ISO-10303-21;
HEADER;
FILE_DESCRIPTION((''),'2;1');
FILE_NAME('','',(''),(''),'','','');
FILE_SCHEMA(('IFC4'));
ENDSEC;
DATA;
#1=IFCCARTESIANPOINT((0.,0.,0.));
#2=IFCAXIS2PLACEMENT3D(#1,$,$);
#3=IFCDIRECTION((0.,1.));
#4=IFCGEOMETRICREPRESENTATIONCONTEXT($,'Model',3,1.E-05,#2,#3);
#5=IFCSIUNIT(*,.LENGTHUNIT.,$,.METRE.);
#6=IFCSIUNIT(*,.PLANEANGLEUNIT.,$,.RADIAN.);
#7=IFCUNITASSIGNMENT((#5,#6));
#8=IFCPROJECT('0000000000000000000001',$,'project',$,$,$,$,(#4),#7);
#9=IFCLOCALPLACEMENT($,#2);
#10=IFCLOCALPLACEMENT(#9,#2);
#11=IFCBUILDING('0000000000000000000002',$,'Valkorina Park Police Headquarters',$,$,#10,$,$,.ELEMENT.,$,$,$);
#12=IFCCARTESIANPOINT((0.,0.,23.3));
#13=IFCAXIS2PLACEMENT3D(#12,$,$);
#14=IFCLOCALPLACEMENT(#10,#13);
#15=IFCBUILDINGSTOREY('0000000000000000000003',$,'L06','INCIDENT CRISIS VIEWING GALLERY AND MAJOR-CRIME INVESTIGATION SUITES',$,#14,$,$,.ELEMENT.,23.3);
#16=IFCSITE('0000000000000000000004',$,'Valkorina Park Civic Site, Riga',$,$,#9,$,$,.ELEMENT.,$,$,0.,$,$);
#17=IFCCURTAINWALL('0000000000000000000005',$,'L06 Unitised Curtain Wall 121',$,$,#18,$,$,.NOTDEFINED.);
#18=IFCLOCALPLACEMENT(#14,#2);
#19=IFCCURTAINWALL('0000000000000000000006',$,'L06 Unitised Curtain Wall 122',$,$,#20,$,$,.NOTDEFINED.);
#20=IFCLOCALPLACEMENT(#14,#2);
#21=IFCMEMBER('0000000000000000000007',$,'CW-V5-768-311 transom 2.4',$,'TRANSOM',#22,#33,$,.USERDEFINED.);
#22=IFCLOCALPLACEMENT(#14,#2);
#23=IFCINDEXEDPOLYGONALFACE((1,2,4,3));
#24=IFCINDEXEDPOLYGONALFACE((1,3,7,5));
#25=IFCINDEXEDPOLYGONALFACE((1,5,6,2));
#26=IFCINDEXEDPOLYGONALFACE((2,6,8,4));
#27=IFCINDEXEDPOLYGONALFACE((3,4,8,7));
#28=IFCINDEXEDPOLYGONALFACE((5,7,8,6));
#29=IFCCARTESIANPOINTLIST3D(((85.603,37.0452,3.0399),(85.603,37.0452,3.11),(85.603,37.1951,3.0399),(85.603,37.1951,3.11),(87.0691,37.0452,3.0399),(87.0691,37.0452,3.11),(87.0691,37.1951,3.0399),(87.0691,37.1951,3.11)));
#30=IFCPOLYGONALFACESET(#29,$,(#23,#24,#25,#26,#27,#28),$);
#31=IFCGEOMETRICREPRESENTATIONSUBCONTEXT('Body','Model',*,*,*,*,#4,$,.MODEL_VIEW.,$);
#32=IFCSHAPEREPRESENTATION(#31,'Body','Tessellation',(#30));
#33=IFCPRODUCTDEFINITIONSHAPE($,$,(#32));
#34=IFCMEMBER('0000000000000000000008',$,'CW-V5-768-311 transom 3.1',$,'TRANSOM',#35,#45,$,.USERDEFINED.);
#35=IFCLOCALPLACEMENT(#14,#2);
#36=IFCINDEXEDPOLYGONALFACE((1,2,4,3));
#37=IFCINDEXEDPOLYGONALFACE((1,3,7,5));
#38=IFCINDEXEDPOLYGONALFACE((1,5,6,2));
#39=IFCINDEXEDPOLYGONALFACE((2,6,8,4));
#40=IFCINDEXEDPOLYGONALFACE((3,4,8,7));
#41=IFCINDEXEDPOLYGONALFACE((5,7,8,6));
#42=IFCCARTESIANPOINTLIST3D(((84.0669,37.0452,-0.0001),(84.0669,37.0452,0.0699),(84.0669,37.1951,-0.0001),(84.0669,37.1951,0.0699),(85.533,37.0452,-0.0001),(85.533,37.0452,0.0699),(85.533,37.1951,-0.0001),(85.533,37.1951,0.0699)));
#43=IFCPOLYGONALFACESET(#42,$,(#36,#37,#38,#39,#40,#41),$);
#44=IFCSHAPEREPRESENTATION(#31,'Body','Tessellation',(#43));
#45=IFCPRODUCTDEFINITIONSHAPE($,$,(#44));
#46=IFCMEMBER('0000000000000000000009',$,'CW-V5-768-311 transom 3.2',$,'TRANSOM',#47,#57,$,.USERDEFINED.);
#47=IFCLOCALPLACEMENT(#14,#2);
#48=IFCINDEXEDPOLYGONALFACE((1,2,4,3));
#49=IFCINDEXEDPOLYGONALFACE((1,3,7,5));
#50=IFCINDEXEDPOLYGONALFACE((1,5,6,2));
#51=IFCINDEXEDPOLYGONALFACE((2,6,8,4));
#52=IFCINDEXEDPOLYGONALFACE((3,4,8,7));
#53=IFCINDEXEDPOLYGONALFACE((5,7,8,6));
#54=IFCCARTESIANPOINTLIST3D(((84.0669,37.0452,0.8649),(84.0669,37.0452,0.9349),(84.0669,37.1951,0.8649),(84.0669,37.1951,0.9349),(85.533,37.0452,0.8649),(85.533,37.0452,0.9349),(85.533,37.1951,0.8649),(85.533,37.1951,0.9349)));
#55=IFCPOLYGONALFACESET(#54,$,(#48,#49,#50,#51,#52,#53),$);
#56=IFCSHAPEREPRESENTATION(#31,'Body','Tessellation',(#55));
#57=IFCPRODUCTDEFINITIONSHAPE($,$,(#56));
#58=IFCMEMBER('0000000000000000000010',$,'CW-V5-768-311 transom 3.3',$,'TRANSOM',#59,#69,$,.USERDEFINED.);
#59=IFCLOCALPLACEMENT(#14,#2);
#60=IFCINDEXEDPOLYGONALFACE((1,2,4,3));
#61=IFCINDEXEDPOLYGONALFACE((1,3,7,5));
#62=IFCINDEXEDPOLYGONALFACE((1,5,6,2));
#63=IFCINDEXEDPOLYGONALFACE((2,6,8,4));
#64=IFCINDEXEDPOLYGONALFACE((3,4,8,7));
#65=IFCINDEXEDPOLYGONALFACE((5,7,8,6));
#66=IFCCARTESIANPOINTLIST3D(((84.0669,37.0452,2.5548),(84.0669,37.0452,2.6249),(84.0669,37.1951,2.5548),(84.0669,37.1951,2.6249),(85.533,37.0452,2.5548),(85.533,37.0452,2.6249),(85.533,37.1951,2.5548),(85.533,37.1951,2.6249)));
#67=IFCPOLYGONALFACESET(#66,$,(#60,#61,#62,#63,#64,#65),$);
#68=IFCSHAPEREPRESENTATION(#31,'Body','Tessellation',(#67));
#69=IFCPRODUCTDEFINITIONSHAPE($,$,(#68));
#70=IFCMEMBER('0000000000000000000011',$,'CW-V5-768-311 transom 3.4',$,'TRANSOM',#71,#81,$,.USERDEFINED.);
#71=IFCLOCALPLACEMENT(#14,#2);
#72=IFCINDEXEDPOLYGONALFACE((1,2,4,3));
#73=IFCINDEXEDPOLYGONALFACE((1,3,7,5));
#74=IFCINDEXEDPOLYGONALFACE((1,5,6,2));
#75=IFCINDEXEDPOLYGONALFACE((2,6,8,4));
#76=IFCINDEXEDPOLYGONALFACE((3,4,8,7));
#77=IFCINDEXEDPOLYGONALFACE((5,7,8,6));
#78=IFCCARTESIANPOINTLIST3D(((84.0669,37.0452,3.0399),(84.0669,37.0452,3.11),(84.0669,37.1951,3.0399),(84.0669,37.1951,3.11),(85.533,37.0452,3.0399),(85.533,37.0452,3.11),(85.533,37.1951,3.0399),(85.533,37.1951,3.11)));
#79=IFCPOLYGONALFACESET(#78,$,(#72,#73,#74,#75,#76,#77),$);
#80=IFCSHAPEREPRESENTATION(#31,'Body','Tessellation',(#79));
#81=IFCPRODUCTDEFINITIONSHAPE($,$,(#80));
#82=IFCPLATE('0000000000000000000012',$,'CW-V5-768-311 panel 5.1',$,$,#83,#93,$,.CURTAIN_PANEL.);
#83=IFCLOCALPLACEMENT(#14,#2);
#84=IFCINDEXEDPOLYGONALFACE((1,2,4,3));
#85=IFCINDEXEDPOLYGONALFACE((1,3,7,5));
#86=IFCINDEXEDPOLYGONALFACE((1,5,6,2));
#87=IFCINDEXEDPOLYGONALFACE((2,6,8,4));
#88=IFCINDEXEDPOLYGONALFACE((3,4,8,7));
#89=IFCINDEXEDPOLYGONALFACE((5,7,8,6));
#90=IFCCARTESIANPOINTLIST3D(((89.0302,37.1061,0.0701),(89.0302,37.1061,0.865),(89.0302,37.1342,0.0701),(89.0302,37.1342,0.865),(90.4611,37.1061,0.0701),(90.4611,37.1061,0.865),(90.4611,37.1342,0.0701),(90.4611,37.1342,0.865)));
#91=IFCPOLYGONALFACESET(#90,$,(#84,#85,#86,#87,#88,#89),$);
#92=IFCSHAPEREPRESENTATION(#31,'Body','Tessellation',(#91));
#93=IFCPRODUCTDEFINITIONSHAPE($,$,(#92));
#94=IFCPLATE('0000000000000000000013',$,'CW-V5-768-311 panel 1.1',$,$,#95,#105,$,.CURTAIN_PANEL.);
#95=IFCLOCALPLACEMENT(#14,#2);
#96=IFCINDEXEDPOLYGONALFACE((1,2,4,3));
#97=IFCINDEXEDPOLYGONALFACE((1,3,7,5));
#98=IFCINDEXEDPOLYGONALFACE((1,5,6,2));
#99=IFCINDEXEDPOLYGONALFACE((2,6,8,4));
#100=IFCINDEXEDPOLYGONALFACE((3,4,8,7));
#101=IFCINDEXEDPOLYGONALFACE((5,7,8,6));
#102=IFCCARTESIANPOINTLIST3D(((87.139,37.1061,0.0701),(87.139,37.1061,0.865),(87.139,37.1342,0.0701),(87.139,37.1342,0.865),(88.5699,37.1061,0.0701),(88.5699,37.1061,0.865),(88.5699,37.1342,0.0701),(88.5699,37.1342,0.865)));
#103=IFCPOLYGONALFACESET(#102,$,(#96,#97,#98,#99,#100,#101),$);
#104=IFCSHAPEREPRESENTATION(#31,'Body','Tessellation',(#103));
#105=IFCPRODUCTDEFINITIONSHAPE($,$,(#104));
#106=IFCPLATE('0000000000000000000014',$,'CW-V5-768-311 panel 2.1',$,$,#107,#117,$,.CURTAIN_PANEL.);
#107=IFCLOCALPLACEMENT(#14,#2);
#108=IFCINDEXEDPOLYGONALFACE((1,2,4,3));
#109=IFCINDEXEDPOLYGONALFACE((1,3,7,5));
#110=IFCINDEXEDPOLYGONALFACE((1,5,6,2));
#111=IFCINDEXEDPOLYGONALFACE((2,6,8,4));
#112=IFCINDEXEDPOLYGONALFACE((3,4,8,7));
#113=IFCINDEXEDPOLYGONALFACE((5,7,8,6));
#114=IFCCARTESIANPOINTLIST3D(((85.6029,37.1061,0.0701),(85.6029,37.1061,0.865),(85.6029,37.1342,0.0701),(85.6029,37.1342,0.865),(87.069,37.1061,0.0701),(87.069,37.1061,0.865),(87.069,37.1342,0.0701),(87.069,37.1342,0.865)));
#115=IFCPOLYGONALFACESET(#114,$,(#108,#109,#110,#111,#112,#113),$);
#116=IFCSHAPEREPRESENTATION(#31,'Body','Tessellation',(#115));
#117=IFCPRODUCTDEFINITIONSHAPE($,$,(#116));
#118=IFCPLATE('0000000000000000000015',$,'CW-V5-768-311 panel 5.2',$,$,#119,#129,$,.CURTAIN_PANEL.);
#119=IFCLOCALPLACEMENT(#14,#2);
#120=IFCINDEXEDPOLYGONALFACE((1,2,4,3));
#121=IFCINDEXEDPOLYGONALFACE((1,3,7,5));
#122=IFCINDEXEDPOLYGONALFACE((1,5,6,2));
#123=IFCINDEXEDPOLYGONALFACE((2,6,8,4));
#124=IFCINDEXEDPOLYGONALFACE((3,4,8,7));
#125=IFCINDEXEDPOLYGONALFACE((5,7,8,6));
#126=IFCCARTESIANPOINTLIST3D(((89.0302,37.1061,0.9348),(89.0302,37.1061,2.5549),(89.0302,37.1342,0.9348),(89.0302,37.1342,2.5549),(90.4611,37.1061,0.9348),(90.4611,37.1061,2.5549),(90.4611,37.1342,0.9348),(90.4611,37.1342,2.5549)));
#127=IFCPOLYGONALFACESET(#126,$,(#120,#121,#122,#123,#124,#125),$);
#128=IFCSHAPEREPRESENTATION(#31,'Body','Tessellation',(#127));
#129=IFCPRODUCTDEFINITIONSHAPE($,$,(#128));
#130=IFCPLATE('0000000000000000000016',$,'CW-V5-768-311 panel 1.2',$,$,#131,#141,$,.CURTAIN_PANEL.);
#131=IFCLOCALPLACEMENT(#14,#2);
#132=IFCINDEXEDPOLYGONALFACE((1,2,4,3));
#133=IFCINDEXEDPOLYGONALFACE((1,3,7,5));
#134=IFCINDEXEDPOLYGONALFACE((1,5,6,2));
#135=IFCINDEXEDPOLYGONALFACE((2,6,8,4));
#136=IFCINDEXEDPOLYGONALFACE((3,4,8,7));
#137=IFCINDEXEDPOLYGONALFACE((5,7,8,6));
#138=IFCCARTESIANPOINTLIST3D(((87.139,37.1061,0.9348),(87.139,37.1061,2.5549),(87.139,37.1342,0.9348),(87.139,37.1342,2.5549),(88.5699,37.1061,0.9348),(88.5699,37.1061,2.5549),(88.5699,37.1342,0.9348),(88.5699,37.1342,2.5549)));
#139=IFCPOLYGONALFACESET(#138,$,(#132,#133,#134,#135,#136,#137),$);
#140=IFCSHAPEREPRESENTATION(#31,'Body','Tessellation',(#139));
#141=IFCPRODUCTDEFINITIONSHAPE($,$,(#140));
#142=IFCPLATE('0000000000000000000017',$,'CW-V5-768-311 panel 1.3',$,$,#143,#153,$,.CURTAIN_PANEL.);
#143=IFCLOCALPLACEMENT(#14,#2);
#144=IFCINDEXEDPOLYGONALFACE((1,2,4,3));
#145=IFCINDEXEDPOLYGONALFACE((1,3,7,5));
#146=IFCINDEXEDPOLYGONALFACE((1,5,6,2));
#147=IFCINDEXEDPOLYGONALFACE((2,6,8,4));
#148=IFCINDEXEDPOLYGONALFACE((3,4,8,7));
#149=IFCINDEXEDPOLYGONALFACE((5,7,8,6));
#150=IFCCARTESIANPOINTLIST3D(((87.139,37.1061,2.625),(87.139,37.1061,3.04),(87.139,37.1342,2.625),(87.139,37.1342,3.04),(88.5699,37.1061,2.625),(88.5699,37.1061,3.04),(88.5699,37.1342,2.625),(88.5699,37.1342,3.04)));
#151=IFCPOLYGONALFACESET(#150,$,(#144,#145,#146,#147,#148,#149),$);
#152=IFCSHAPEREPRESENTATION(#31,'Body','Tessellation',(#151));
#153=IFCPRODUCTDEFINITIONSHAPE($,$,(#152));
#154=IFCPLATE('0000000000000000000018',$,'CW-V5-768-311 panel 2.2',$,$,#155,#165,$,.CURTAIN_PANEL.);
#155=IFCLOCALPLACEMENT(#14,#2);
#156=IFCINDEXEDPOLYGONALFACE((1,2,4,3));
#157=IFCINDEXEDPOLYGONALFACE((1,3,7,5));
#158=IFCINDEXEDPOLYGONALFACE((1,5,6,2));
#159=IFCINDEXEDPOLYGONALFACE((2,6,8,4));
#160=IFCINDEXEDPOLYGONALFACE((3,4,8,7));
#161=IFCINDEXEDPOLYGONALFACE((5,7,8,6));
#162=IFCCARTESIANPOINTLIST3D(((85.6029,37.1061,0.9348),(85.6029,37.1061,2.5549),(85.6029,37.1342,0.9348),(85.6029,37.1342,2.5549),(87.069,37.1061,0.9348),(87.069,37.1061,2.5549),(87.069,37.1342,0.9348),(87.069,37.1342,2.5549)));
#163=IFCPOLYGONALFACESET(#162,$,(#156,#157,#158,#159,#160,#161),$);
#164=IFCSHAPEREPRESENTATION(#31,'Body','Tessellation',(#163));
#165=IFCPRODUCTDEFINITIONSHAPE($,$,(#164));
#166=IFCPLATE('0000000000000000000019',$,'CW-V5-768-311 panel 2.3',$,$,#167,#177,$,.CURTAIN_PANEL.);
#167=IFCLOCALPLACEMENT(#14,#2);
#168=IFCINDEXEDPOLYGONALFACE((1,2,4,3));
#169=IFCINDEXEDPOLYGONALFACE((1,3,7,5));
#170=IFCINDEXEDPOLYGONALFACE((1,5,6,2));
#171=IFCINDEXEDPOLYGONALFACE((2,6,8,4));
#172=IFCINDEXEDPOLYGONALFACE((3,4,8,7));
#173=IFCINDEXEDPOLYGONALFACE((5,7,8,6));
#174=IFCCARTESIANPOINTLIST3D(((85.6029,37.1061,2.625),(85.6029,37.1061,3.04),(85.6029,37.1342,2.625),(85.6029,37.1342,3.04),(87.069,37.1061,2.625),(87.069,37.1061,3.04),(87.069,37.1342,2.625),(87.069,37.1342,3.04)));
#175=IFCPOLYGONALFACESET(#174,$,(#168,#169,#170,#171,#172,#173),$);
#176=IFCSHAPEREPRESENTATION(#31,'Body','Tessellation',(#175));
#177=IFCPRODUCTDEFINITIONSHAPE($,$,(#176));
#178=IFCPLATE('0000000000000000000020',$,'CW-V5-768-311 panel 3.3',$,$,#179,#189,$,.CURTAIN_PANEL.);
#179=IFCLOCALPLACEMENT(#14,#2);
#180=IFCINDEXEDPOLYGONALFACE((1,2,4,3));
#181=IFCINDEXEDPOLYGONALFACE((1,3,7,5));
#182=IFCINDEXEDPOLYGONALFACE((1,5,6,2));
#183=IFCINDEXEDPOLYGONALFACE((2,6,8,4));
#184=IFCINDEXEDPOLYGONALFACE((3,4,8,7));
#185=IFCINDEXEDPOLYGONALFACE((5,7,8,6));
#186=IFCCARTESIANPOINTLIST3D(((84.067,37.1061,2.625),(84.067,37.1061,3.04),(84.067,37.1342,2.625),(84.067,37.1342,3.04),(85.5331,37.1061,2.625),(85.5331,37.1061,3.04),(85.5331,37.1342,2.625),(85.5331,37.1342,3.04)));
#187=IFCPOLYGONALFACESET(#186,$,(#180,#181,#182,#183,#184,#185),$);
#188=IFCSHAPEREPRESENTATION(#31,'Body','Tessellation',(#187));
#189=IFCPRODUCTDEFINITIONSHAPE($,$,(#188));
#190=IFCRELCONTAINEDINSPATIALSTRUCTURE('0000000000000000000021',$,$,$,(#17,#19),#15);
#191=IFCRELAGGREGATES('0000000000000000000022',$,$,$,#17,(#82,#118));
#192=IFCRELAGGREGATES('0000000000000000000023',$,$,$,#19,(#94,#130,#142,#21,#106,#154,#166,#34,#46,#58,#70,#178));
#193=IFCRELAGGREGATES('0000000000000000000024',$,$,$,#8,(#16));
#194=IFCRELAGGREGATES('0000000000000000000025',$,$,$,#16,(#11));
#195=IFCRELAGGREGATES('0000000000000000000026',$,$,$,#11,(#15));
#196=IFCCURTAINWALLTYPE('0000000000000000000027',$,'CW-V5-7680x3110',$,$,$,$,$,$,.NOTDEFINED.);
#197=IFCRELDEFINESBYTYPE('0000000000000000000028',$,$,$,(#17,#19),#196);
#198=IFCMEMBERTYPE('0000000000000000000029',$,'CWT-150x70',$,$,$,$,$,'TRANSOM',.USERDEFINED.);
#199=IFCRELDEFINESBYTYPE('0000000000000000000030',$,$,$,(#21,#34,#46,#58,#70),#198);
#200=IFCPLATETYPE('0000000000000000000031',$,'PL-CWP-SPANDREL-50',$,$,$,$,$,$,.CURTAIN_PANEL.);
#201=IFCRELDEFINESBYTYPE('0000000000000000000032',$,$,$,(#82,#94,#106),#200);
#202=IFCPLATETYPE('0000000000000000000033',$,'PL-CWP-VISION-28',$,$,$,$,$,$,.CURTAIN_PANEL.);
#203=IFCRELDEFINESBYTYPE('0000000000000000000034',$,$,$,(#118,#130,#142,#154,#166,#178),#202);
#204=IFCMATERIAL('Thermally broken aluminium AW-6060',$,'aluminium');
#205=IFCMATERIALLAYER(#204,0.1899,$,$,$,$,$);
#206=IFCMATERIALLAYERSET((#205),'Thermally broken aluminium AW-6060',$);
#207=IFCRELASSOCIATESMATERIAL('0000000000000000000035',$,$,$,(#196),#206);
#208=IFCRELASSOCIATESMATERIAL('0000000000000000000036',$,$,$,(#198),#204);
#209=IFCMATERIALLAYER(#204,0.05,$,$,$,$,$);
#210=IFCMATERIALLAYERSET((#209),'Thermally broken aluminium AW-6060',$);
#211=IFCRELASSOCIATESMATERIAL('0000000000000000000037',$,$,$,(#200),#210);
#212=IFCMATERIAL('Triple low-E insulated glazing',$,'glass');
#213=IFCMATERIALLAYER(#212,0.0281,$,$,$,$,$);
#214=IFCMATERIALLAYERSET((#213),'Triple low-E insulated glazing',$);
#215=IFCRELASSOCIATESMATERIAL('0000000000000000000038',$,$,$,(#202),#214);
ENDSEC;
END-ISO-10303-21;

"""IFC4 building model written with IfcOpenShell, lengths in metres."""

from ifc_helpers import new_model, si_unit, direction, frame, origin, origin_2d, place, context, subcontext, project, spatial, rectangle, extrude, material, layer, layer_set, material_profile, profile_set, type_object, element, aggregate, save


model = new_model("IFC4")

# Units and contexts
model_context = context("Model", 3, precision=1e-05, world=origin(), true_north=direction((0.0, 1.0)))
body_context = subcontext(model_context, "Body", "Model", "MODEL_VIEW")
ifc_project = project(units=[si_unit("LENGTHUNIT", "METRE"), si_unit("PLANEANGLEUNIT", "RADIAN")], contexts=[model_context])

# Site, building, storey
site_placement = place(None, origin())
site = spatial("IfcSite", under=ifc_project, at=site_placement, Name="Valkorina Park Civic Site, Riga", CompositionType="ELEMENT", RefElevation=0.0)
building_placement = place(site_placement, origin())
building = spatial("IfcBuilding", under=site, at=building_placement, Name="Valkorina Park Police Headquarters", CompositionType="ELEMENT")
storey_placement = place(building_placement, frame((0.0, 0.0, 23.3)))
storey = spatial("IfcBuildingStorey", under=building, at=storey_placement, Name="L06", Description="INCIDENT CRISIS VIEWING GALLERY AND MAJOR-CRIME INVESTIGATION SUITES", CompositionType="ELEMENT", Elevation=23.3)

# Curtain wall
ifc_material_1 = material(Name="Thermally broken aluminium AW-6060", Category="aluminium")
ifc_layer_1 = layer(ifc_material_1, 0.1899)
ifc_layer_set_1 = layer_set([ifc_layer_1], Name="Thermally broken aluminium AW-6060")
curtain_wall_type = type_object("IfcCurtainWallType", Name="CW-V5-7680x3110", PredefinedType="NOTDEFINED", material=ifc_layer_set_1)
curtain_wall_1_placement = place(storey_placement, origin())
curtain_wall_1 = element("IfcCurtainWall", 1, at=curtain_wall_1_placement, inside=storey, type_object=curtain_wall_type, Name="L06 Unitised Curtain Wall 121", PredefinedType="NOTDEFINED")

# Curtain wall, members
curtain_wall_2_placement = place(storey_placement, origin())
curtain_wall_2 = element("IfcCurtainWall", 2, at=curtain_wall_2_placement, inside=storey, type_object=curtain_wall_type, Name="L06 Unitised Curtain Wall 122", PredefinedType="NOTDEFINED")
ifc_material_profile_1 = material_profile(ifc_material_1, rectangle(XDim=0.1499, YDim=0.0701, at=origin_2d()), Name="CWT-02 150x70")
ifc_profile_set_1 = profile_set([ifc_material_profile_1], Name="Thermally broken aluminium AW-6060")
member_type_1 = type_object("IfcMemberType", Name="CWT-150x70", ElementType="TRANSOM", PredefinedType="USERDEFINED", material=ifc_profile_set_1)
member_1_placement = place(storey_placement, frame((87.0691, 37.1201, 3.075), z_axis=(-1.0, 0.0, 0.0), x_axis=(0.0, -1.0, 0.0)))
member_1 = element("IfcMember", 3, at=member_1_placement, type_object=member_type_1, Name="CW-V5-768-311 transom 2.4", ObjectType="TRANSOM", PredefinedType="USERDEFINED", context=body_context, shape_type="SweptSolid", body=[
    extrude(rectangle(XDim=0.1499, YDim=0.0701, at=origin_2d()), origin(), (0.0, 0.0, 1.0), 1.4661),
])
member_2_placement = place(storey_placement, frame((85.533, 37.1201, 0.0349), z_axis=(-1.0, 0.0, 0.0), x_axis=(0.0, -1.0, 0.0)))
member_2 = element("IfcMember", 4, at=member_2_placement, type_object=member_type_1, Name="CW-V5-768-311 transom 3.1", ObjectType="TRANSOM", PredefinedType="USERDEFINED", context=body_context, shape_type="SweptSolid", body=[
    extrude(rectangle(XDim=0.1499, YDim=0.0701, at=origin_2d()), origin(), (0.0, 0.0, 1.0), 1.4661),
])
member_3_placement = place(storey_placement, frame((85.533, 37.1201, 0.8999), z_axis=(-1.0, 0.0, 0.0), x_axis=(0.0, -1.0, 0.0)))
member_3 = element("IfcMember", 5, at=member_3_placement, type_object=member_type_1, Name="CW-V5-768-311 transom 3.2", ObjectType="TRANSOM", PredefinedType="USERDEFINED", context=body_context, shape_type="SweptSolid", body=[
    extrude(rectangle(XDim=0.1499, YDim=0.0701, at=origin_2d()), origin(), (0.0, 0.0, 1.0), 1.4661),
])
member_4_placement = place(storey_placement, frame((85.533, 37.1201, 2.5898), z_axis=(-1.0, 0.0, 0.0), x_axis=(0.0, -1.0, 0.0)))
member_4 = element("IfcMember", 6, at=member_4_placement, type_object=member_type_1, Name="CW-V5-768-311 transom 3.3", ObjectType="TRANSOM", PredefinedType="USERDEFINED", context=body_context, shape_type="SweptSolid", body=[
    extrude(rectangle(XDim=0.1499, YDim=0.0701, at=origin_2d()), origin(), (0.0, 0.0, 1.0), 1.4661),
])
member_5_placement = place(storey_placement, frame((85.533, 37.1201, 3.075), z_axis=(-1.0, 0.0, 0.0), x_axis=(0.0, -1.0, 0.0)))
member_5 = element("IfcMember", 7, at=member_5_placement, type_object=member_type_1, Name="CW-V5-768-311 transom 3.4", ObjectType="TRANSOM", PredefinedType="USERDEFINED", context=body_context, shape_type="SweptSolid", body=[
    extrude(rectangle(XDim=0.1499, YDim=0.0701, at=origin_2d()), origin(), (0.0, 0.0, 1.0), 1.4661),
])

# Plates
ifc_layer_2 = layer(ifc_material_1, 0.05)
ifc_layer_set_2 = layer_set([ifc_layer_2], Name="Thermally broken aluminium AW-6060")
plate_type_1 = type_object("IfcPlateType", Name="PL-CWP-SPANDREL-50", PredefinedType="CURTAIN_PANEL", material=ifc_layer_set_2)
plate_1_placement = place(storey_placement, frame((89.7456, 37.1201, 0.0701), z_axis=(0.0, 0.0, 1.0), x_axis=(-1.0, 0.0, 0.0)))
plate_1 = element("IfcPlate", 8, at=plate_1_placement, type_object=plate_type_1, Name="CW-V5-768-311 panel 5.1", PredefinedType="CURTAIN_PANEL", context=body_context, shape_type="SweptSolid", body=[
    extrude(rectangle(XDim=1.4309, YDim=0.0281, at=origin_2d()), origin(), (0.0, 0.0, 1.0), 0.7949),
])
plate_2_placement = place(storey_placement, frame((87.8545, 37.1201, 0.0701), z_axis=(0.0, 0.0, 1.0), x_axis=(-1.0, 0.0, 0.0)))
plate_2 = element("IfcPlate", 9, at=plate_2_placement, type_object=plate_type_1, Name="CW-V5-768-311 panel 1.1", PredefinedType="CURTAIN_PANEL", context=body_context, shape_type="SweptSolid", body=[
    extrude(rectangle(XDim=1.4309, YDim=0.0281, at=origin_2d()), origin(), (0.0, 0.0, 1.0), 0.7949),
])
plate_3_placement = place(storey_placement, frame((86.3359, 37.1201, 0.0701), z_axis=(0.0, 0.0, 1.0), x_axis=(-1.0, 0.0, 0.0)))
plate_3 = element("IfcPlate", 10, at=plate_3_placement, type_object=plate_type_1, Name="CW-V5-768-311 panel 2.1", PredefinedType="CURTAIN_PANEL", context=body_context, shape_type="SweptSolid", body=[
    extrude(rectangle(XDim=1.4661, YDim=0.0281, at=origin_2d()), origin(), (0.0, 0.0, 1.0), 0.7949),
])
ifc_material_2 = material(Name="Triple low-E insulated glazing", Category="glass")
ifc_layer_3 = layer(ifc_material_2, 0.0281)
ifc_layer_set_3 = layer_set([ifc_layer_3], Name="Triple low-E insulated glazing")
plate_type_2 = type_object("IfcPlateType", Name="PL-CWP-VISION-28", PredefinedType="CURTAIN_PANEL", material=ifc_layer_set_3)
plate_4_placement = place(storey_placement, frame((89.7456, 37.1201, 0.9348), z_axis=(0.0, 0.0, 1.0), x_axis=(-1.0, 0.0, 0.0)))
plate_4 = element("IfcPlate", 11, at=plate_4_placement, type_object=plate_type_2, Name="CW-V5-768-311 panel 5.2", PredefinedType="CURTAIN_PANEL", context=body_context, shape_type="SweptSolid", body=[
    extrude(rectangle(XDim=1.4309, YDim=0.0281, at=origin_2d()), origin(), (0.0, 0.0, 1.0), 1.6201),
])
aggregate(curtain_wall_1, [plate_1, plate_4])
plate_5_placement = place(storey_placement, frame((87.8545, 37.1201, 0.9348), z_axis=(0.0, 0.0, 1.0), x_axis=(-1.0, 0.0, 0.0)))
plate_5 = element("IfcPlate", 12, at=plate_5_placement, type_object=plate_type_2, Name="CW-V5-768-311 panel 1.2", PredefinedType="CURTAIN_PANEL", context=body_context, shape_type="SweptSolid", body=[
    extrude(rectangle(XDim=1.4309, YDim=0.0281, at=origin_2d()), origin(), (0.0, 0.0, 1.0), 1.6201),
])
plate_6_placement = place(storey_placement, frame((87.8545, 37.1201, 2.625), z_axis=(0.0, 0.0, 1.0), x_axis=(-1.0, 0.0, 0.0)))
plate_6 = element("IfcPlate", 13, at=plate_6_placement, type_object=plate_type_2, Name="CW-V5-768-311 panel 1.3", PredefinedType="CURTAIN_PANEL", context=body_context, shape_type="SweptSolid", body=[
    extrude(rectangle(XDim=1.4309, YDim=0.0281, at=origin_2d()), origin(), (0.0, 0.0, 1.0), 0.415),
])
plate_7_placement = place(storey_placement, frame((86.3359, 37.1201, 0.9348), z_axis=(0.0, 0.0, 1.0), x_axis=(-1.0, 0.0, 0.0)))
plate_7 = element("IfcPlate", 14, at=plate_7_placement, type_object=plate_type_2, Name="CW-V5-768-311 panel 2.2", PredefinedType="CURTAIN_PANEL", context=body_context, shape_type="SweptSolid", body=[
    extrude(rectangle(XDim=1.4661, YDim=0.0281, at=origin_2d()), origin(), (0.0, 0.0, 1.0), 1.6201),
])
plate_8_placement = place(storey_placement, frame((86.3359, 37.1201, 2.625), z_axis=(0.0, 0.0, 1.0), x_axis=(-1.0, 0.0, 0.0)))
plate_8 = element("IfcPlate", 15, at=plate_8_placement, type_object=plate_type_2, Name="CW-V5-768-311 panel 2.3", PredefinedType="CURTAIN_PANEL", context=body_context, shape_type="SweptSolid", body=[
    extrude(rectangle(XDim=1.4661, YDim=0.0281, at=origin_2d()), origin(), (0.0, 0.0, 1.0), 0.415),
])
plate_9_placement = place(storey_placement, frame((84.8, 37.1201, 2.625), z_axis=(0.0, 0.0, 1.0), x_axis=(-1.0, 0.0, 0.0)))
plate_9 = element("IfcPlate", 16, at=plate_9_placement, type_object=plate_type_2, Name="CW-V5-768-311 panel 3.3", PredefinedType="CURTAIN_PANEL", context=body_context, shape_type="SweptSolid", body=[
    extrude(rectangle(XDim=1.4661, YDim=0.0281, at=origin_2d()), origin(), (0.0, 0.0, 1.0), 0.415),
])
aggregate(curtain_wall_2, [plate_2, plate_5, plate_6, member_1, plate_3, plate_7, plate_8, member_2, member_3, member_4, member_5, plate_9])

save(model, "model.ifc")
